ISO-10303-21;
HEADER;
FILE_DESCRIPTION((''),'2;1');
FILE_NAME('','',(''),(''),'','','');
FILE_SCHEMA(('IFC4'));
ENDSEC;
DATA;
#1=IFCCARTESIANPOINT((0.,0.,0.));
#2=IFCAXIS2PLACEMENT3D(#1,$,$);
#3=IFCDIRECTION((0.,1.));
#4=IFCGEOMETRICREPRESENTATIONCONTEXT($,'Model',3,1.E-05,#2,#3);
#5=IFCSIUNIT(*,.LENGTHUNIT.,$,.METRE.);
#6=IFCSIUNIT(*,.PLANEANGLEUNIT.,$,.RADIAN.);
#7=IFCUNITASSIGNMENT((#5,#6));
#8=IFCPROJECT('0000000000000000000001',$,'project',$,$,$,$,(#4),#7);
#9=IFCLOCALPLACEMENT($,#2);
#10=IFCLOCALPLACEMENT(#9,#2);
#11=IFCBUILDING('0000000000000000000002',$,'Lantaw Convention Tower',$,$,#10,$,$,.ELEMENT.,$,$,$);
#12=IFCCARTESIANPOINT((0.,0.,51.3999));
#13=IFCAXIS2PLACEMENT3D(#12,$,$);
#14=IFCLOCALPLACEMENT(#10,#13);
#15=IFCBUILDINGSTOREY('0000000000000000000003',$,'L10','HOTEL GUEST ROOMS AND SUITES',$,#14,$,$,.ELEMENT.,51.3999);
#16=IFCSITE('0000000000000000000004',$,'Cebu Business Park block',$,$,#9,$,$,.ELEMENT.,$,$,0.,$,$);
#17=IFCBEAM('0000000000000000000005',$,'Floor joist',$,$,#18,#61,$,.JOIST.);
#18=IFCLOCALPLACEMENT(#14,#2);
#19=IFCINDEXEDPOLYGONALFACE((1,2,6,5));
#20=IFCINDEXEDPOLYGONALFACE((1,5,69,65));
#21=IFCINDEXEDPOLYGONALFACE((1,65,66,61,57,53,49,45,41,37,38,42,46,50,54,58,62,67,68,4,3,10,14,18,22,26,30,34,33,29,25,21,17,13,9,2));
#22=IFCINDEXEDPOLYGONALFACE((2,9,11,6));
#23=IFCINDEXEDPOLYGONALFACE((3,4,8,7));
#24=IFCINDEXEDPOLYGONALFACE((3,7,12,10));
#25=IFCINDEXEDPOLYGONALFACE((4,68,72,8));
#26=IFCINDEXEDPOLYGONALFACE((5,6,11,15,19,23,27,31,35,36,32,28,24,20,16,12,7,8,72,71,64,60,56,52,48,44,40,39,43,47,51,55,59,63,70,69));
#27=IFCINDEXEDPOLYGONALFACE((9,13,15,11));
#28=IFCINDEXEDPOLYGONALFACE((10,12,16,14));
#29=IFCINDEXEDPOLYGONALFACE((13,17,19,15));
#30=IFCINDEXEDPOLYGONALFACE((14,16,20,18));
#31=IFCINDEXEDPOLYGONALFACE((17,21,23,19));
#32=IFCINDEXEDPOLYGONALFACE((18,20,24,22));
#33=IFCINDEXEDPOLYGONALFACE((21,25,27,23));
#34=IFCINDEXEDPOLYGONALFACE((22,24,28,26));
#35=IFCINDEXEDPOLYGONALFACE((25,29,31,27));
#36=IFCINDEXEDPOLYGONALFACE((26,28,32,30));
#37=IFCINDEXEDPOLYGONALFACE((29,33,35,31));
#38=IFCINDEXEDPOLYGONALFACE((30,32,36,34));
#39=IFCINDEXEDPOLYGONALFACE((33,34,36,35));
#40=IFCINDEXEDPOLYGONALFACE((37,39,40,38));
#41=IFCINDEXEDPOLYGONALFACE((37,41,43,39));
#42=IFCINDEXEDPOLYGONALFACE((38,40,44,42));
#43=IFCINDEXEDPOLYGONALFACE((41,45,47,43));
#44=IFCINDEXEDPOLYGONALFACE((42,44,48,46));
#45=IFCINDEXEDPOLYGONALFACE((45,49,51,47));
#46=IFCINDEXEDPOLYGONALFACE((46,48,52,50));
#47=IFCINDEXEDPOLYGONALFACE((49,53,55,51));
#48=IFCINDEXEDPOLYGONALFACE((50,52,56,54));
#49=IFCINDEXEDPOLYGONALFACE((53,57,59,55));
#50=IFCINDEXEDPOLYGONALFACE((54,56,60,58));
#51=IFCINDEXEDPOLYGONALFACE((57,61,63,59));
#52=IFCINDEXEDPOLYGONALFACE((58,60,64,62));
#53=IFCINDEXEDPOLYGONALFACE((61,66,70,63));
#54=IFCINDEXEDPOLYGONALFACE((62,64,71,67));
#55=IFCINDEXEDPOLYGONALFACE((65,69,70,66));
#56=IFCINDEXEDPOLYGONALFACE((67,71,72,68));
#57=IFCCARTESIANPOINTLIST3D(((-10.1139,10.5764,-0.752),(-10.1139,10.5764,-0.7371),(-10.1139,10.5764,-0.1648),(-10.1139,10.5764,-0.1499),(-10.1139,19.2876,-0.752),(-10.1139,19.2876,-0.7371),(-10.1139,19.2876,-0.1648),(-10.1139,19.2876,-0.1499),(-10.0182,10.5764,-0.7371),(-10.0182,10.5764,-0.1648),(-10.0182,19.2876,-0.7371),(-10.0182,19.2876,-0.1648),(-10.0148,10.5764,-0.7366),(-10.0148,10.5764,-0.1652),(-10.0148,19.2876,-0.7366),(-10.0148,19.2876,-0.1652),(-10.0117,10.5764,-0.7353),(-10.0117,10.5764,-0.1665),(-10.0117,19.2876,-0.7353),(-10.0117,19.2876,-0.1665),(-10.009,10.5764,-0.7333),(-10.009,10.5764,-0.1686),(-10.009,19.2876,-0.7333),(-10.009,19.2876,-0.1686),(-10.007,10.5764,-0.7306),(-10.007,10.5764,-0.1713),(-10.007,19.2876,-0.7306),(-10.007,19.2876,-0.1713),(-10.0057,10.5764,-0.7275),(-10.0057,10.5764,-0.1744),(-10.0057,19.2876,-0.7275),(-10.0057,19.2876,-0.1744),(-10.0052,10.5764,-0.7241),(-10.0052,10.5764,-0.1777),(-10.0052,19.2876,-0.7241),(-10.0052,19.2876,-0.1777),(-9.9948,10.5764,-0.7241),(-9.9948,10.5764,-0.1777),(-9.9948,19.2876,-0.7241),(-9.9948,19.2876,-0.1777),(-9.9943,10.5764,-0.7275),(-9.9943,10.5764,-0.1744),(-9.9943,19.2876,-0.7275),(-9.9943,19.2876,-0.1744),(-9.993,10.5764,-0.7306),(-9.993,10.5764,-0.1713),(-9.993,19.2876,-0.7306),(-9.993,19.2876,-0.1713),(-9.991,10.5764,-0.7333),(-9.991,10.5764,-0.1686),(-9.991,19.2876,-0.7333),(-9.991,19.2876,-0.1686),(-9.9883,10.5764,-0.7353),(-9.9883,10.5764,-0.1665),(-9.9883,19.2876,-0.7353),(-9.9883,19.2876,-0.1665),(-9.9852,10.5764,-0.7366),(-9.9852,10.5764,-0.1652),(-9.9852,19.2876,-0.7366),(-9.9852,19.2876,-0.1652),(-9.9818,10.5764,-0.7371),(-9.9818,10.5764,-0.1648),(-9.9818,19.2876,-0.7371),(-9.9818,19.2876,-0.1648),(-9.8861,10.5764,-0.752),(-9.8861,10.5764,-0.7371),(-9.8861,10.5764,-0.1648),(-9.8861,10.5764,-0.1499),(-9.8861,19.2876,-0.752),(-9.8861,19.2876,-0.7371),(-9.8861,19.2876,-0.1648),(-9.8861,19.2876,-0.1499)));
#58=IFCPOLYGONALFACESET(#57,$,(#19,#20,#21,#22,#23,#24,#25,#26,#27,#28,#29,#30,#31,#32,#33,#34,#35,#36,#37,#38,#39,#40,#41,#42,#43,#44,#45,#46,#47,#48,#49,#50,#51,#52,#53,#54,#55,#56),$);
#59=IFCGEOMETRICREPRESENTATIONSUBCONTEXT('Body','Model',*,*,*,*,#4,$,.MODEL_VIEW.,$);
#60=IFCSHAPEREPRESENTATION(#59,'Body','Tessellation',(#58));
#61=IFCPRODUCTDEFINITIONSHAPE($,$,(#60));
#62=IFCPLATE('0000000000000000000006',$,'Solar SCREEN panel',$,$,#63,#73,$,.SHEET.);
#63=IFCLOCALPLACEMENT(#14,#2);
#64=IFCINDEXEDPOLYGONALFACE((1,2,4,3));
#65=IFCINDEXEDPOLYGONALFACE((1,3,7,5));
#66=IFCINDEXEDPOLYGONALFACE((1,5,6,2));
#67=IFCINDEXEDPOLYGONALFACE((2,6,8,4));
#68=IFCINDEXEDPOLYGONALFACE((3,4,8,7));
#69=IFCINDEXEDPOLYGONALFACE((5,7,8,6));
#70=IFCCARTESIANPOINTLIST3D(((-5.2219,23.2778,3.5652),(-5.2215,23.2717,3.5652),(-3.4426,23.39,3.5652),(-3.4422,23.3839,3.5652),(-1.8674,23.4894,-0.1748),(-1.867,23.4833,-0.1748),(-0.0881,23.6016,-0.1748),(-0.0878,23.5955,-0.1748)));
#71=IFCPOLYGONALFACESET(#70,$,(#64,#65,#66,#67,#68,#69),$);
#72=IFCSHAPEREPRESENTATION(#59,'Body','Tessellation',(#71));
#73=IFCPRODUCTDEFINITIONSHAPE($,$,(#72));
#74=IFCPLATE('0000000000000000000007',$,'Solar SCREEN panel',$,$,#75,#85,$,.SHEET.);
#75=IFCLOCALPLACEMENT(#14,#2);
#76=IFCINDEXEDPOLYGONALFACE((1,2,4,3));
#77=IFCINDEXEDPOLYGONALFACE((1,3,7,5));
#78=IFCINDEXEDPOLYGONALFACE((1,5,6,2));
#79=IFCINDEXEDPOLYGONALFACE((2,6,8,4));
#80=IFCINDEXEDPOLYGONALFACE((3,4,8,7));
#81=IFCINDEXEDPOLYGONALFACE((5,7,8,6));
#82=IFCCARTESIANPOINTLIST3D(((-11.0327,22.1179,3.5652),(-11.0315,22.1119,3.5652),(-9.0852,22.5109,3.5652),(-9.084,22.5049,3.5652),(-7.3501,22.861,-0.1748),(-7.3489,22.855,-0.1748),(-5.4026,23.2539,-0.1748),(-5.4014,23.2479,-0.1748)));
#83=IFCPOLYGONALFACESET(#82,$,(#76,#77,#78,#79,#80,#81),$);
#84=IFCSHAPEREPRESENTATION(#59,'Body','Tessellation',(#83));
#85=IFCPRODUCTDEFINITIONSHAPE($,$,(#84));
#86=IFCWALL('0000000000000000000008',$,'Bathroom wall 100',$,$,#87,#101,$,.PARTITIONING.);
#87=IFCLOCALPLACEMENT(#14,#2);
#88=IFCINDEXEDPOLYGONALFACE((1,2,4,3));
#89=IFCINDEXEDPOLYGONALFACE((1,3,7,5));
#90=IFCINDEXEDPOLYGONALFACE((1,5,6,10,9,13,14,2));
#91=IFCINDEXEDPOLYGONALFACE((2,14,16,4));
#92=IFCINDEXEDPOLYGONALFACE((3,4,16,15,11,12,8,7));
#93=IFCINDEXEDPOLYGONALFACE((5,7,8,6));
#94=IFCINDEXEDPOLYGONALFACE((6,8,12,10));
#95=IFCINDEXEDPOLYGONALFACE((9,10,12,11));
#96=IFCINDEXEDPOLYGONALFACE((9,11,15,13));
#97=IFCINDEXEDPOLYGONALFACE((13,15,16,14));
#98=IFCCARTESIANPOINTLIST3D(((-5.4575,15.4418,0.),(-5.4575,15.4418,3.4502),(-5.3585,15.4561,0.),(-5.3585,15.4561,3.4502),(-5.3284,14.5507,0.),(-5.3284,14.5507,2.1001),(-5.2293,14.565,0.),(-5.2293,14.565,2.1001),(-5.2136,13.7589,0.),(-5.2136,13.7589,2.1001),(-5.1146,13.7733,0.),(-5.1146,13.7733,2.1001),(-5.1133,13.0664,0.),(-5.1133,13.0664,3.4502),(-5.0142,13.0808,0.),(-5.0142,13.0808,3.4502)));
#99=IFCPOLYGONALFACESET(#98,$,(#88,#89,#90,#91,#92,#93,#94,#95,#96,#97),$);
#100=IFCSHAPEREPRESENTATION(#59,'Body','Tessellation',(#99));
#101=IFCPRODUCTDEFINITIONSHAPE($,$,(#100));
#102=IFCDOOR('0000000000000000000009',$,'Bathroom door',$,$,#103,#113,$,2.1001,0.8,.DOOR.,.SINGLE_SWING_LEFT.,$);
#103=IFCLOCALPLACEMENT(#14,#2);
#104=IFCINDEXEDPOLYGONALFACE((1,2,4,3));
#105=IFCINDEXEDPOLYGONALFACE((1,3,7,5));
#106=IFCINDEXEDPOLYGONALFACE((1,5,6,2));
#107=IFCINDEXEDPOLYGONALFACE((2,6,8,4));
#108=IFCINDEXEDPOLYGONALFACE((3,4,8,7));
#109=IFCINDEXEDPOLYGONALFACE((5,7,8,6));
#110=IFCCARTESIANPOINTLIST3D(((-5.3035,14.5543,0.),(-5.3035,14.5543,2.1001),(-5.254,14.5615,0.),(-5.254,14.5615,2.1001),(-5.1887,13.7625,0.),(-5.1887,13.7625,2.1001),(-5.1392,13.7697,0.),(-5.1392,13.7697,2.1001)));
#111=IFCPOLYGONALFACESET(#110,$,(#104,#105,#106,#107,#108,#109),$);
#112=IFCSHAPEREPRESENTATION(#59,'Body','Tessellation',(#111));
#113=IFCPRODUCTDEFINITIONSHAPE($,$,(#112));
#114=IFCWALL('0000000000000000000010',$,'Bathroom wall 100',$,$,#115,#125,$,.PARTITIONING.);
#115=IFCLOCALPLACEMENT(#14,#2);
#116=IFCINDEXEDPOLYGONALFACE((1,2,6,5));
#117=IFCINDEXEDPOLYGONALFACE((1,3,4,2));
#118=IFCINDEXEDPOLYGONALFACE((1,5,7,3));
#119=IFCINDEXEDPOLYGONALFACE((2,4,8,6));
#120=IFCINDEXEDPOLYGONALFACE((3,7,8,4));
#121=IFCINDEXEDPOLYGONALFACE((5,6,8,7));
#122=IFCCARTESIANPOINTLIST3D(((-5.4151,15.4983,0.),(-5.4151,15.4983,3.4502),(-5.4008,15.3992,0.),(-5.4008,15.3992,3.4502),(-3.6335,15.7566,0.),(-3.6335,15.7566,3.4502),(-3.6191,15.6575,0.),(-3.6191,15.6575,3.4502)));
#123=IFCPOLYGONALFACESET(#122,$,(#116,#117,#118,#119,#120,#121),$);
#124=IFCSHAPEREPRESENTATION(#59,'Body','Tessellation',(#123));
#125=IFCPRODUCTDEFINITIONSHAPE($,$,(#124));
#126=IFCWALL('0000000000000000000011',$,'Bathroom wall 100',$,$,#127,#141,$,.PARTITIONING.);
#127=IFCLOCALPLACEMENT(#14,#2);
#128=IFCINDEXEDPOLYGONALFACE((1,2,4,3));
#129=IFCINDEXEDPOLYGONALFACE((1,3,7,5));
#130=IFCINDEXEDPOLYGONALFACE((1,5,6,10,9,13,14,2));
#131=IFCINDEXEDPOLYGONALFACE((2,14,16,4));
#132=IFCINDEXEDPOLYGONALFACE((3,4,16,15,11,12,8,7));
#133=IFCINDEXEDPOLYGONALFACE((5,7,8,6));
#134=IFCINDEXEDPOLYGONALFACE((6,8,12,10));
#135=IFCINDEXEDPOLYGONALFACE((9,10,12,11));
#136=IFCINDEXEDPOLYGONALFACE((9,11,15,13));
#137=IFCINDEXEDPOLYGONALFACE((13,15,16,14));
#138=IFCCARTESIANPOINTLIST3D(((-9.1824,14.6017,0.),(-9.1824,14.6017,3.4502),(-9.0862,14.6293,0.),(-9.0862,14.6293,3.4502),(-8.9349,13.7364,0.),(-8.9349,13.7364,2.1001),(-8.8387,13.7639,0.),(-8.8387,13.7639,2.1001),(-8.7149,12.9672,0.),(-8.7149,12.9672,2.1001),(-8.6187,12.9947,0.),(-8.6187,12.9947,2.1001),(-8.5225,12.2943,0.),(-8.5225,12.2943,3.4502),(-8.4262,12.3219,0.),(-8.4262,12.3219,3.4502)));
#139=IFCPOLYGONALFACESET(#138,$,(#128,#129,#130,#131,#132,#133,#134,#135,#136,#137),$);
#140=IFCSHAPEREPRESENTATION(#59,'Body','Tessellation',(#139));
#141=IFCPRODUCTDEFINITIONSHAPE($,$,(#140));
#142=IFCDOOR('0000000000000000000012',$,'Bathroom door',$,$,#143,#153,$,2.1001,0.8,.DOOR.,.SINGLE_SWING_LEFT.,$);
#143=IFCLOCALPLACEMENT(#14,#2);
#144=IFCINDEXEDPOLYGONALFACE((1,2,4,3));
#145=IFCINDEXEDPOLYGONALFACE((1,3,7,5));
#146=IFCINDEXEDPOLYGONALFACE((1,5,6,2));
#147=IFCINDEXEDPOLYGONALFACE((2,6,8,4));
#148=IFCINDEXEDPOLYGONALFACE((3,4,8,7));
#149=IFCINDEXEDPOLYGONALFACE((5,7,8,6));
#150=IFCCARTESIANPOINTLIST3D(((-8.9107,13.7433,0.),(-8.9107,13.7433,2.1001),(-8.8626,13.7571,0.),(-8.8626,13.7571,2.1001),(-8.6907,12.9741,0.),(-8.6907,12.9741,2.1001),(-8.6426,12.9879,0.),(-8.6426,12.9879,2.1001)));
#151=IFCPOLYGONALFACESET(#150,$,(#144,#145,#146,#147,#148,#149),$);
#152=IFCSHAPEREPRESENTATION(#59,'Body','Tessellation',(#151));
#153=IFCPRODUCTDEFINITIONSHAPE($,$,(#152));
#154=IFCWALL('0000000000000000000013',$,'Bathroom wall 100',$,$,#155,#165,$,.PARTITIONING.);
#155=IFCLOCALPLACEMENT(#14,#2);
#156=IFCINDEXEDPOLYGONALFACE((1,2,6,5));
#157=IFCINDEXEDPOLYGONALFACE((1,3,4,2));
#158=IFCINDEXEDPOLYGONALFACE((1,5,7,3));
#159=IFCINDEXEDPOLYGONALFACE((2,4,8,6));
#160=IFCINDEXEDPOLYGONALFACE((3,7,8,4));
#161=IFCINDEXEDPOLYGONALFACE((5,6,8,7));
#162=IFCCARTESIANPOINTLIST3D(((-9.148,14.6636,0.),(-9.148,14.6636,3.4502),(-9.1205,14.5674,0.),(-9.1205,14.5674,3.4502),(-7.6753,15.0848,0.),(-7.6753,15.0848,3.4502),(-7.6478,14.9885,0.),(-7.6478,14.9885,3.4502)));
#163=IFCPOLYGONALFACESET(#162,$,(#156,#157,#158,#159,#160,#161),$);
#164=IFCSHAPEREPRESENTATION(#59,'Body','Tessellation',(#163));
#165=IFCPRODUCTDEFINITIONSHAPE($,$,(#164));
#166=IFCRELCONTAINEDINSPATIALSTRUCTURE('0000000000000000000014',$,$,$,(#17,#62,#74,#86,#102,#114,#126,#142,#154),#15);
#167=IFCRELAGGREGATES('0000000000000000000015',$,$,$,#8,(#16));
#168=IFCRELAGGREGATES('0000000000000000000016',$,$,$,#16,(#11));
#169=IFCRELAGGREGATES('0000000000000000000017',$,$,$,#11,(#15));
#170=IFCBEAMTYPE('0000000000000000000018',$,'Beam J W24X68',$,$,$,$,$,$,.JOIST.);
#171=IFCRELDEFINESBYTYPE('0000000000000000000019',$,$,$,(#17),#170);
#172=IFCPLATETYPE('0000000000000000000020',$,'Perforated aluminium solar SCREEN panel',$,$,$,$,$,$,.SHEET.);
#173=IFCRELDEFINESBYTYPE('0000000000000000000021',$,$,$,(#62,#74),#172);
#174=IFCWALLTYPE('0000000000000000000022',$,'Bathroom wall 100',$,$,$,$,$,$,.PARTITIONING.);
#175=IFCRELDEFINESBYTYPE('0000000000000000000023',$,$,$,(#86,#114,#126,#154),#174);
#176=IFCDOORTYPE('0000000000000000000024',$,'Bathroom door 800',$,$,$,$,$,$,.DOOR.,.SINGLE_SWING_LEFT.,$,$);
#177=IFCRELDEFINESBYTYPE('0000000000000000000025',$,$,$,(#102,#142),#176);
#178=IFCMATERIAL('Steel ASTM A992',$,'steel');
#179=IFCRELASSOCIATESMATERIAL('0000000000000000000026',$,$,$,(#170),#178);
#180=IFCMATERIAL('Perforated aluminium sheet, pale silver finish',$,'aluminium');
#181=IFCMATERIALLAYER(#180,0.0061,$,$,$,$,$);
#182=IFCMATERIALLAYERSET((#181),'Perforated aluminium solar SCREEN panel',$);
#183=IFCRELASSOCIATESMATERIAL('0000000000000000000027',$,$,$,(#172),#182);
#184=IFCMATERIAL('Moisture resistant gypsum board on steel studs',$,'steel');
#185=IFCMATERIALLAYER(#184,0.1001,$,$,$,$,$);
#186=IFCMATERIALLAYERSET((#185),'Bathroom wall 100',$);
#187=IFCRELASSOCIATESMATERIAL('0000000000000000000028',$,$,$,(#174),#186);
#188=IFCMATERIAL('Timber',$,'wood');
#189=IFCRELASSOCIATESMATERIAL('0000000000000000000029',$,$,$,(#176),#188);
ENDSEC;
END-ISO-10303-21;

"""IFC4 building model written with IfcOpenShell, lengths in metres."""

from ifc_helpers import new_model, si_unit, direction, frame, frame_2d, origin, origin_2d, place, context, subcontext, project, spatial, polyline, rectangle, i_section, outline, extrude, material, layer, layer_set, material_profile, profile_set, type_object, element, fill, save


model = new_model("IFC4")

# Units and contexts
model_context = context("Model", 3, precision=1e-05, world=origin(), true_north=direction((0.0, 1.0)))
body_context = subcontext(model_context, "Body", "Model", "MODEL_VIEW")
ifc_project = project(units=[si_unit("LENGTHUNIT", "METRE"), si_unit("PLANEANGLEUNIT", "RADIAN")], contexts=[model_context])

# Site, building, storey
site_placement = place(None, origin())
site = spatial("IfcSite", under=ifc_project, at=site_placement, Name="Cebu Business Park block", CompositionType="ELEMENT", RefElevation=0.0)
building_placement = place(site_placement, origin())
building = spatial("IfcBuilding", under=site, at=building_placement, Name="Lantaw Convention Tower", CompositionType="ELEMENT")
storey_placement = place(building_placement, frame((0.0, 0.0, 51.3999)))
storey = spatial("IfcBuildingStorey", under=building, at=storey_placement, Name="L10", Description="HOTEL GUEST ROOMS AND SUITES", CompositionType="ELEMENT", Elevation=51.3999)

# Beam
ifc_material_1 = material(Name="Steel ASTM A992", Category="steel")
ifc_material_profile_1 = material_profile(ifc_material_1, i_section(OverallWidth=0.2278, OverallDepth=0.6021, WebThickness=0.0105, FlangeThickness=0.0149, FilletRadius=0.0129, at=origin_2d()), Name="W24X68")
ifc_profile_set_1 = profile_set([ifc_material_profile_1], Name="Steel ASTM A992")
beam_type_1 = type_object("IfcBeamType", Name="Beam J W24X68", PredefinedType="JOIST", material=ifc_profile_set_1)
beam_1_placement = place(storey_placement, frame((-10.0, 10.5764, -0.4509), z_axis=(0.0, 1.0, 0.0), x_axis=(-1.0, 0.0, 0.0)))
element("IfcBeam", 1, at=beam_1_placement, inside=storey, type_object=beam_type_1, Name="Floor joist", PredefinedType="JOIST", context=body_context, shape_type="SweptSolid", body=[
    extrude(i_section(OverallWidth=0.2278, OverallDepth=0.6021, WebThickness=0.0105, FlangeThickness=0.0149, FilletRadius=0.0129, at=origin_2d()), origin(), (0.0, 0.0, 1.0), 8.7112),
])

# Plates
ifc_material_2 = material(Name="Perforated aluminium sheet, pale silver finish", Category="aluminium")
ifc_layer_1 = layer(ifc_material_2, 0.0061)
ifc_layer_set_1 = layer_set([ifc_layer_1], Name="Perforated aluminium solar SCREEN panel")
plate_type = type_object("IfcPlateType", Name="Perforated aluminium solar SCREEN panel", PredefinedType="SHEET", material=ifc_layer_set_1)
plate_1_placement = place(storey_placement, frame((-0.0881, 23.6016, -0.1748), z_axis=(-0.062924, 0.998018, 0.000014), x_axis=(-0.998018, -0.062924, 0.0)))
element("IfcPlate", 2, at=plate_1_placement, inside=storey, type_object=plate_type, Name="Solar SCREEN panel", PredefinedType="SHEET", context=body_context, shape_type="SweptSolid", body=[
    extrude(outline(polyline([(0.0, 0.0), (1.7828, 0.0), (5.144, 3.74), (3.3611, 3.74), (0.0, 0.0)])), origin(), (0.0, 0.0, -1.0), 0.0061),
])
plate_2_placement = place(storey_placement, frame((-5.4026, 23.2539, -0.1748), z_axis=(-0.197782, 0.980246, 0.000002), x_axis=(-0.980246, -0.197782, 0.0)))
element("IfcPlate", 3, at=plate_2_placement, inside=storey, type_object=plate_type, Name="Solar SCREEN panel", PredefinedType="SHEET", context=body_context, shape_type="SweptSolid", body=[
    extrude(outline(polyline([(0.0, 0.0), (1.9867, 0.0), (5.7436, 3.74), (3.7568, 3.74), (0.0, 0.0)])), origin(), (0.0, 0.0, -1.0), 0.0061),
])

# Wall, opening, door
ifc_material_3 = material(Name="Moisture resistant gypsum board on steel studs", Category="steel")
ifc_layer_2 = layer(ifc_material_3, 0.1001)
ifc_layer_set_2 = layer_set([ifc_layer_2], Name="Bathroom wall 100")
wall_type_1 = type_object("IfcWallType", Name="Bathroom wall 100", PredefinedType="PARTITIONING", material=ifc_layer_set_2)
wall_1_placement = place(storey_placement, frame((-5.0637, 13.0735, 0.0), z_axis=(0.0, 0.0, 1.0), x_axis=(-0.143429, 0.989661, 0.0)))
wall_1 = element("IfcWall", 4, at=wall_1_placement, inside=storey, type_object=wall_type_1, Name="Bathroom wall 100", PredefinedType="PARTITIONING", context=body_context, shape_type="SweptSolid", body=[
    extrude(rectangle(XDim=2.4001, YDim=0.1001, at=frame_2d((1.2002, 0.0))), origin(), (0.0, 0.0, 1.0), 3.4502),
])
opening_1_placement = place(wall_1_placement, frame((0.7, 0.0, 0.0)))
opening_1 = element("IfcOpeningElement", 5, at=opening_1_placement, cuts=wall_1, PredefinedType="OPENING", context=body_context, shape_type="SweptSolid", body=[
    extrude(rectangle(XDim=0.8, YDim=2.1001, at=frame_2d((0.3999, 1.05))), frame((0.0, 0.0601, 0.0), z_axis=(0.0, -1.0, 0.0), x_axis=(1.0, 0.0, 0.0)), (0.0, 0.0, 1.0), 0.1201),
])
ifc_material_4 = material(Name="Timber", Category="wood")
door_type_1 = type_object("IfcDoorType", Name="Bathroom door 800", OperationType="SINGLE_SWING_LEFT", PredefinedType="DOOR", material=ifc_material_4)
door_1_placement = place(opening_1_placement, origin())
door_1 = element("IfcDoor", 6, at=door_1_placement, inside=storey, type_object=door_type_1, Name="Bathroom door", OperationType="SINGLE_SWING_LEFT", OverallHeight=2.1001, OverallWidth=0.8, PredefinedType="DOOR", context=body_context, shape_type="SweptSolid", body=[
    extrude(rectangle(XDim=0.8, YDim=2.1001, at=frame_2d((0.3999, 1.05))), frame((0.0, 0.0249, 0.0), z_axis=(0.0, -1.0, 0.0), x_axis=(1.0, 0.0, 0.0)), (0.0, 0.0, 1.0), 0.05),
])
fill(opening_1, door_1)

# Wall
wall_2_placement = place(storey_placement, frame((-5.408, 15.4487, 0.0), z_axis=(0.0, 0.0, 1.0), x_axis=(0.989654, 0.143471, 0.0)))
element("IfcWall", 7, at=wall_2_placement, inside=storey, type_object=wall_type_1, Name="Bathroom wall 100", PredefinedType="PARTITIONING", context=body_context, shape_type="SweptSolid", body=[
    extrude(rectangle(XDim=1.8003, YDim=0.1001, at=frame_2d((0.9001, 0.0))), origin(), (0.0, 0.0, 1.0), 3.4502),
])

# Wall, opening, door
wall_3_placement = place(storey_placement, frame((-8.4744, 12.3081, 0.0), z_axis=(0.0, 0.0, 1.0), x_axis=(-0.274976, 0.961451, 0.0)))
wall_3 = element("IfcWall", 8, at=wall_3_placement, inside=storey, type_object=wall_type_1, Name="Bathroom wall 100", PredefinedType="PARTITIONING", context=body_context, shape_type="SweptSolid", body=[
    extrude(rectangle(XDim=2.3999, YDim=0.1001, at=frame_2d((1.2, 0.0))), origin(), (0.0, 0.0, 1.0), 3.4502),
])
opening_2_placement = place(wall_3_placement, frame((0.7, 0.0, 0.0)))
opening_2 = element("IfcOpeningElement", 9, at=opening_2_placement, cuts=wall_3, PredefinedType="OPENING", context=body_context, shape_type="SweptSolid", body=[
    extrude(rectangle(XDim=0.8, YDim=2.1001, at=frame_2d((0.3999, 1.05))), frame((0.0, 0.0601, 0.0), z_axis=(0.0, -1.0, 0.0), x_axis=(1.0, 0.0, 0.0)), (0.0, 0.0, 1.0), 0.1201),
])
door_2_placement = place(opening_2_placement, origin())
door_2 = element("IfcDoor", 10, at=door_2_placement, inside=storey, type_object=door_type_1, Name="Bathroom door", OperationType="SINGLE_SWING_LEFT", OverallHeight=2.1001, OverallWidth=0.8, PredefinedType="DOOR", context=body_context, shape_type="SweptSolid", body=[
    extrude(rectangle(XDim=0.8, YDim=2.1001, at=frame_2d((0.3999, 1.05))), frame((0.0, 0.0249, 0.0), z_axis=(0.0, -1.0, 0.0), x_axis=(1.0, 0.0, 0.0)), (0.0, 0.0, 1.0), 0.05),
])
fill(opening_2, door_2)

# Wall
wall_4_placement = place(storey_placement, frame((-9.1343, 14.6155, 0.0), z_axis=(0.0, 0.0, 1.0), x_axis=(0.961458, 0.274953, 0.0)))
element("IfcWall", 11, at=wall_4_placement, inside=storey, type_object=wall_type_1, Name="Bathroom wall 100", PredefinedType="PARTITIONING", context=body_context, shape_type="SweptSolid", body=[
    extrude(rectangle(XDim=1.5317, YDim=0.1001, at=frame_2d((0.7659, 0.0))), origin(), (0.0, 0.0, 1.0), 3.4502),
])

save(model, "model.ifc")
